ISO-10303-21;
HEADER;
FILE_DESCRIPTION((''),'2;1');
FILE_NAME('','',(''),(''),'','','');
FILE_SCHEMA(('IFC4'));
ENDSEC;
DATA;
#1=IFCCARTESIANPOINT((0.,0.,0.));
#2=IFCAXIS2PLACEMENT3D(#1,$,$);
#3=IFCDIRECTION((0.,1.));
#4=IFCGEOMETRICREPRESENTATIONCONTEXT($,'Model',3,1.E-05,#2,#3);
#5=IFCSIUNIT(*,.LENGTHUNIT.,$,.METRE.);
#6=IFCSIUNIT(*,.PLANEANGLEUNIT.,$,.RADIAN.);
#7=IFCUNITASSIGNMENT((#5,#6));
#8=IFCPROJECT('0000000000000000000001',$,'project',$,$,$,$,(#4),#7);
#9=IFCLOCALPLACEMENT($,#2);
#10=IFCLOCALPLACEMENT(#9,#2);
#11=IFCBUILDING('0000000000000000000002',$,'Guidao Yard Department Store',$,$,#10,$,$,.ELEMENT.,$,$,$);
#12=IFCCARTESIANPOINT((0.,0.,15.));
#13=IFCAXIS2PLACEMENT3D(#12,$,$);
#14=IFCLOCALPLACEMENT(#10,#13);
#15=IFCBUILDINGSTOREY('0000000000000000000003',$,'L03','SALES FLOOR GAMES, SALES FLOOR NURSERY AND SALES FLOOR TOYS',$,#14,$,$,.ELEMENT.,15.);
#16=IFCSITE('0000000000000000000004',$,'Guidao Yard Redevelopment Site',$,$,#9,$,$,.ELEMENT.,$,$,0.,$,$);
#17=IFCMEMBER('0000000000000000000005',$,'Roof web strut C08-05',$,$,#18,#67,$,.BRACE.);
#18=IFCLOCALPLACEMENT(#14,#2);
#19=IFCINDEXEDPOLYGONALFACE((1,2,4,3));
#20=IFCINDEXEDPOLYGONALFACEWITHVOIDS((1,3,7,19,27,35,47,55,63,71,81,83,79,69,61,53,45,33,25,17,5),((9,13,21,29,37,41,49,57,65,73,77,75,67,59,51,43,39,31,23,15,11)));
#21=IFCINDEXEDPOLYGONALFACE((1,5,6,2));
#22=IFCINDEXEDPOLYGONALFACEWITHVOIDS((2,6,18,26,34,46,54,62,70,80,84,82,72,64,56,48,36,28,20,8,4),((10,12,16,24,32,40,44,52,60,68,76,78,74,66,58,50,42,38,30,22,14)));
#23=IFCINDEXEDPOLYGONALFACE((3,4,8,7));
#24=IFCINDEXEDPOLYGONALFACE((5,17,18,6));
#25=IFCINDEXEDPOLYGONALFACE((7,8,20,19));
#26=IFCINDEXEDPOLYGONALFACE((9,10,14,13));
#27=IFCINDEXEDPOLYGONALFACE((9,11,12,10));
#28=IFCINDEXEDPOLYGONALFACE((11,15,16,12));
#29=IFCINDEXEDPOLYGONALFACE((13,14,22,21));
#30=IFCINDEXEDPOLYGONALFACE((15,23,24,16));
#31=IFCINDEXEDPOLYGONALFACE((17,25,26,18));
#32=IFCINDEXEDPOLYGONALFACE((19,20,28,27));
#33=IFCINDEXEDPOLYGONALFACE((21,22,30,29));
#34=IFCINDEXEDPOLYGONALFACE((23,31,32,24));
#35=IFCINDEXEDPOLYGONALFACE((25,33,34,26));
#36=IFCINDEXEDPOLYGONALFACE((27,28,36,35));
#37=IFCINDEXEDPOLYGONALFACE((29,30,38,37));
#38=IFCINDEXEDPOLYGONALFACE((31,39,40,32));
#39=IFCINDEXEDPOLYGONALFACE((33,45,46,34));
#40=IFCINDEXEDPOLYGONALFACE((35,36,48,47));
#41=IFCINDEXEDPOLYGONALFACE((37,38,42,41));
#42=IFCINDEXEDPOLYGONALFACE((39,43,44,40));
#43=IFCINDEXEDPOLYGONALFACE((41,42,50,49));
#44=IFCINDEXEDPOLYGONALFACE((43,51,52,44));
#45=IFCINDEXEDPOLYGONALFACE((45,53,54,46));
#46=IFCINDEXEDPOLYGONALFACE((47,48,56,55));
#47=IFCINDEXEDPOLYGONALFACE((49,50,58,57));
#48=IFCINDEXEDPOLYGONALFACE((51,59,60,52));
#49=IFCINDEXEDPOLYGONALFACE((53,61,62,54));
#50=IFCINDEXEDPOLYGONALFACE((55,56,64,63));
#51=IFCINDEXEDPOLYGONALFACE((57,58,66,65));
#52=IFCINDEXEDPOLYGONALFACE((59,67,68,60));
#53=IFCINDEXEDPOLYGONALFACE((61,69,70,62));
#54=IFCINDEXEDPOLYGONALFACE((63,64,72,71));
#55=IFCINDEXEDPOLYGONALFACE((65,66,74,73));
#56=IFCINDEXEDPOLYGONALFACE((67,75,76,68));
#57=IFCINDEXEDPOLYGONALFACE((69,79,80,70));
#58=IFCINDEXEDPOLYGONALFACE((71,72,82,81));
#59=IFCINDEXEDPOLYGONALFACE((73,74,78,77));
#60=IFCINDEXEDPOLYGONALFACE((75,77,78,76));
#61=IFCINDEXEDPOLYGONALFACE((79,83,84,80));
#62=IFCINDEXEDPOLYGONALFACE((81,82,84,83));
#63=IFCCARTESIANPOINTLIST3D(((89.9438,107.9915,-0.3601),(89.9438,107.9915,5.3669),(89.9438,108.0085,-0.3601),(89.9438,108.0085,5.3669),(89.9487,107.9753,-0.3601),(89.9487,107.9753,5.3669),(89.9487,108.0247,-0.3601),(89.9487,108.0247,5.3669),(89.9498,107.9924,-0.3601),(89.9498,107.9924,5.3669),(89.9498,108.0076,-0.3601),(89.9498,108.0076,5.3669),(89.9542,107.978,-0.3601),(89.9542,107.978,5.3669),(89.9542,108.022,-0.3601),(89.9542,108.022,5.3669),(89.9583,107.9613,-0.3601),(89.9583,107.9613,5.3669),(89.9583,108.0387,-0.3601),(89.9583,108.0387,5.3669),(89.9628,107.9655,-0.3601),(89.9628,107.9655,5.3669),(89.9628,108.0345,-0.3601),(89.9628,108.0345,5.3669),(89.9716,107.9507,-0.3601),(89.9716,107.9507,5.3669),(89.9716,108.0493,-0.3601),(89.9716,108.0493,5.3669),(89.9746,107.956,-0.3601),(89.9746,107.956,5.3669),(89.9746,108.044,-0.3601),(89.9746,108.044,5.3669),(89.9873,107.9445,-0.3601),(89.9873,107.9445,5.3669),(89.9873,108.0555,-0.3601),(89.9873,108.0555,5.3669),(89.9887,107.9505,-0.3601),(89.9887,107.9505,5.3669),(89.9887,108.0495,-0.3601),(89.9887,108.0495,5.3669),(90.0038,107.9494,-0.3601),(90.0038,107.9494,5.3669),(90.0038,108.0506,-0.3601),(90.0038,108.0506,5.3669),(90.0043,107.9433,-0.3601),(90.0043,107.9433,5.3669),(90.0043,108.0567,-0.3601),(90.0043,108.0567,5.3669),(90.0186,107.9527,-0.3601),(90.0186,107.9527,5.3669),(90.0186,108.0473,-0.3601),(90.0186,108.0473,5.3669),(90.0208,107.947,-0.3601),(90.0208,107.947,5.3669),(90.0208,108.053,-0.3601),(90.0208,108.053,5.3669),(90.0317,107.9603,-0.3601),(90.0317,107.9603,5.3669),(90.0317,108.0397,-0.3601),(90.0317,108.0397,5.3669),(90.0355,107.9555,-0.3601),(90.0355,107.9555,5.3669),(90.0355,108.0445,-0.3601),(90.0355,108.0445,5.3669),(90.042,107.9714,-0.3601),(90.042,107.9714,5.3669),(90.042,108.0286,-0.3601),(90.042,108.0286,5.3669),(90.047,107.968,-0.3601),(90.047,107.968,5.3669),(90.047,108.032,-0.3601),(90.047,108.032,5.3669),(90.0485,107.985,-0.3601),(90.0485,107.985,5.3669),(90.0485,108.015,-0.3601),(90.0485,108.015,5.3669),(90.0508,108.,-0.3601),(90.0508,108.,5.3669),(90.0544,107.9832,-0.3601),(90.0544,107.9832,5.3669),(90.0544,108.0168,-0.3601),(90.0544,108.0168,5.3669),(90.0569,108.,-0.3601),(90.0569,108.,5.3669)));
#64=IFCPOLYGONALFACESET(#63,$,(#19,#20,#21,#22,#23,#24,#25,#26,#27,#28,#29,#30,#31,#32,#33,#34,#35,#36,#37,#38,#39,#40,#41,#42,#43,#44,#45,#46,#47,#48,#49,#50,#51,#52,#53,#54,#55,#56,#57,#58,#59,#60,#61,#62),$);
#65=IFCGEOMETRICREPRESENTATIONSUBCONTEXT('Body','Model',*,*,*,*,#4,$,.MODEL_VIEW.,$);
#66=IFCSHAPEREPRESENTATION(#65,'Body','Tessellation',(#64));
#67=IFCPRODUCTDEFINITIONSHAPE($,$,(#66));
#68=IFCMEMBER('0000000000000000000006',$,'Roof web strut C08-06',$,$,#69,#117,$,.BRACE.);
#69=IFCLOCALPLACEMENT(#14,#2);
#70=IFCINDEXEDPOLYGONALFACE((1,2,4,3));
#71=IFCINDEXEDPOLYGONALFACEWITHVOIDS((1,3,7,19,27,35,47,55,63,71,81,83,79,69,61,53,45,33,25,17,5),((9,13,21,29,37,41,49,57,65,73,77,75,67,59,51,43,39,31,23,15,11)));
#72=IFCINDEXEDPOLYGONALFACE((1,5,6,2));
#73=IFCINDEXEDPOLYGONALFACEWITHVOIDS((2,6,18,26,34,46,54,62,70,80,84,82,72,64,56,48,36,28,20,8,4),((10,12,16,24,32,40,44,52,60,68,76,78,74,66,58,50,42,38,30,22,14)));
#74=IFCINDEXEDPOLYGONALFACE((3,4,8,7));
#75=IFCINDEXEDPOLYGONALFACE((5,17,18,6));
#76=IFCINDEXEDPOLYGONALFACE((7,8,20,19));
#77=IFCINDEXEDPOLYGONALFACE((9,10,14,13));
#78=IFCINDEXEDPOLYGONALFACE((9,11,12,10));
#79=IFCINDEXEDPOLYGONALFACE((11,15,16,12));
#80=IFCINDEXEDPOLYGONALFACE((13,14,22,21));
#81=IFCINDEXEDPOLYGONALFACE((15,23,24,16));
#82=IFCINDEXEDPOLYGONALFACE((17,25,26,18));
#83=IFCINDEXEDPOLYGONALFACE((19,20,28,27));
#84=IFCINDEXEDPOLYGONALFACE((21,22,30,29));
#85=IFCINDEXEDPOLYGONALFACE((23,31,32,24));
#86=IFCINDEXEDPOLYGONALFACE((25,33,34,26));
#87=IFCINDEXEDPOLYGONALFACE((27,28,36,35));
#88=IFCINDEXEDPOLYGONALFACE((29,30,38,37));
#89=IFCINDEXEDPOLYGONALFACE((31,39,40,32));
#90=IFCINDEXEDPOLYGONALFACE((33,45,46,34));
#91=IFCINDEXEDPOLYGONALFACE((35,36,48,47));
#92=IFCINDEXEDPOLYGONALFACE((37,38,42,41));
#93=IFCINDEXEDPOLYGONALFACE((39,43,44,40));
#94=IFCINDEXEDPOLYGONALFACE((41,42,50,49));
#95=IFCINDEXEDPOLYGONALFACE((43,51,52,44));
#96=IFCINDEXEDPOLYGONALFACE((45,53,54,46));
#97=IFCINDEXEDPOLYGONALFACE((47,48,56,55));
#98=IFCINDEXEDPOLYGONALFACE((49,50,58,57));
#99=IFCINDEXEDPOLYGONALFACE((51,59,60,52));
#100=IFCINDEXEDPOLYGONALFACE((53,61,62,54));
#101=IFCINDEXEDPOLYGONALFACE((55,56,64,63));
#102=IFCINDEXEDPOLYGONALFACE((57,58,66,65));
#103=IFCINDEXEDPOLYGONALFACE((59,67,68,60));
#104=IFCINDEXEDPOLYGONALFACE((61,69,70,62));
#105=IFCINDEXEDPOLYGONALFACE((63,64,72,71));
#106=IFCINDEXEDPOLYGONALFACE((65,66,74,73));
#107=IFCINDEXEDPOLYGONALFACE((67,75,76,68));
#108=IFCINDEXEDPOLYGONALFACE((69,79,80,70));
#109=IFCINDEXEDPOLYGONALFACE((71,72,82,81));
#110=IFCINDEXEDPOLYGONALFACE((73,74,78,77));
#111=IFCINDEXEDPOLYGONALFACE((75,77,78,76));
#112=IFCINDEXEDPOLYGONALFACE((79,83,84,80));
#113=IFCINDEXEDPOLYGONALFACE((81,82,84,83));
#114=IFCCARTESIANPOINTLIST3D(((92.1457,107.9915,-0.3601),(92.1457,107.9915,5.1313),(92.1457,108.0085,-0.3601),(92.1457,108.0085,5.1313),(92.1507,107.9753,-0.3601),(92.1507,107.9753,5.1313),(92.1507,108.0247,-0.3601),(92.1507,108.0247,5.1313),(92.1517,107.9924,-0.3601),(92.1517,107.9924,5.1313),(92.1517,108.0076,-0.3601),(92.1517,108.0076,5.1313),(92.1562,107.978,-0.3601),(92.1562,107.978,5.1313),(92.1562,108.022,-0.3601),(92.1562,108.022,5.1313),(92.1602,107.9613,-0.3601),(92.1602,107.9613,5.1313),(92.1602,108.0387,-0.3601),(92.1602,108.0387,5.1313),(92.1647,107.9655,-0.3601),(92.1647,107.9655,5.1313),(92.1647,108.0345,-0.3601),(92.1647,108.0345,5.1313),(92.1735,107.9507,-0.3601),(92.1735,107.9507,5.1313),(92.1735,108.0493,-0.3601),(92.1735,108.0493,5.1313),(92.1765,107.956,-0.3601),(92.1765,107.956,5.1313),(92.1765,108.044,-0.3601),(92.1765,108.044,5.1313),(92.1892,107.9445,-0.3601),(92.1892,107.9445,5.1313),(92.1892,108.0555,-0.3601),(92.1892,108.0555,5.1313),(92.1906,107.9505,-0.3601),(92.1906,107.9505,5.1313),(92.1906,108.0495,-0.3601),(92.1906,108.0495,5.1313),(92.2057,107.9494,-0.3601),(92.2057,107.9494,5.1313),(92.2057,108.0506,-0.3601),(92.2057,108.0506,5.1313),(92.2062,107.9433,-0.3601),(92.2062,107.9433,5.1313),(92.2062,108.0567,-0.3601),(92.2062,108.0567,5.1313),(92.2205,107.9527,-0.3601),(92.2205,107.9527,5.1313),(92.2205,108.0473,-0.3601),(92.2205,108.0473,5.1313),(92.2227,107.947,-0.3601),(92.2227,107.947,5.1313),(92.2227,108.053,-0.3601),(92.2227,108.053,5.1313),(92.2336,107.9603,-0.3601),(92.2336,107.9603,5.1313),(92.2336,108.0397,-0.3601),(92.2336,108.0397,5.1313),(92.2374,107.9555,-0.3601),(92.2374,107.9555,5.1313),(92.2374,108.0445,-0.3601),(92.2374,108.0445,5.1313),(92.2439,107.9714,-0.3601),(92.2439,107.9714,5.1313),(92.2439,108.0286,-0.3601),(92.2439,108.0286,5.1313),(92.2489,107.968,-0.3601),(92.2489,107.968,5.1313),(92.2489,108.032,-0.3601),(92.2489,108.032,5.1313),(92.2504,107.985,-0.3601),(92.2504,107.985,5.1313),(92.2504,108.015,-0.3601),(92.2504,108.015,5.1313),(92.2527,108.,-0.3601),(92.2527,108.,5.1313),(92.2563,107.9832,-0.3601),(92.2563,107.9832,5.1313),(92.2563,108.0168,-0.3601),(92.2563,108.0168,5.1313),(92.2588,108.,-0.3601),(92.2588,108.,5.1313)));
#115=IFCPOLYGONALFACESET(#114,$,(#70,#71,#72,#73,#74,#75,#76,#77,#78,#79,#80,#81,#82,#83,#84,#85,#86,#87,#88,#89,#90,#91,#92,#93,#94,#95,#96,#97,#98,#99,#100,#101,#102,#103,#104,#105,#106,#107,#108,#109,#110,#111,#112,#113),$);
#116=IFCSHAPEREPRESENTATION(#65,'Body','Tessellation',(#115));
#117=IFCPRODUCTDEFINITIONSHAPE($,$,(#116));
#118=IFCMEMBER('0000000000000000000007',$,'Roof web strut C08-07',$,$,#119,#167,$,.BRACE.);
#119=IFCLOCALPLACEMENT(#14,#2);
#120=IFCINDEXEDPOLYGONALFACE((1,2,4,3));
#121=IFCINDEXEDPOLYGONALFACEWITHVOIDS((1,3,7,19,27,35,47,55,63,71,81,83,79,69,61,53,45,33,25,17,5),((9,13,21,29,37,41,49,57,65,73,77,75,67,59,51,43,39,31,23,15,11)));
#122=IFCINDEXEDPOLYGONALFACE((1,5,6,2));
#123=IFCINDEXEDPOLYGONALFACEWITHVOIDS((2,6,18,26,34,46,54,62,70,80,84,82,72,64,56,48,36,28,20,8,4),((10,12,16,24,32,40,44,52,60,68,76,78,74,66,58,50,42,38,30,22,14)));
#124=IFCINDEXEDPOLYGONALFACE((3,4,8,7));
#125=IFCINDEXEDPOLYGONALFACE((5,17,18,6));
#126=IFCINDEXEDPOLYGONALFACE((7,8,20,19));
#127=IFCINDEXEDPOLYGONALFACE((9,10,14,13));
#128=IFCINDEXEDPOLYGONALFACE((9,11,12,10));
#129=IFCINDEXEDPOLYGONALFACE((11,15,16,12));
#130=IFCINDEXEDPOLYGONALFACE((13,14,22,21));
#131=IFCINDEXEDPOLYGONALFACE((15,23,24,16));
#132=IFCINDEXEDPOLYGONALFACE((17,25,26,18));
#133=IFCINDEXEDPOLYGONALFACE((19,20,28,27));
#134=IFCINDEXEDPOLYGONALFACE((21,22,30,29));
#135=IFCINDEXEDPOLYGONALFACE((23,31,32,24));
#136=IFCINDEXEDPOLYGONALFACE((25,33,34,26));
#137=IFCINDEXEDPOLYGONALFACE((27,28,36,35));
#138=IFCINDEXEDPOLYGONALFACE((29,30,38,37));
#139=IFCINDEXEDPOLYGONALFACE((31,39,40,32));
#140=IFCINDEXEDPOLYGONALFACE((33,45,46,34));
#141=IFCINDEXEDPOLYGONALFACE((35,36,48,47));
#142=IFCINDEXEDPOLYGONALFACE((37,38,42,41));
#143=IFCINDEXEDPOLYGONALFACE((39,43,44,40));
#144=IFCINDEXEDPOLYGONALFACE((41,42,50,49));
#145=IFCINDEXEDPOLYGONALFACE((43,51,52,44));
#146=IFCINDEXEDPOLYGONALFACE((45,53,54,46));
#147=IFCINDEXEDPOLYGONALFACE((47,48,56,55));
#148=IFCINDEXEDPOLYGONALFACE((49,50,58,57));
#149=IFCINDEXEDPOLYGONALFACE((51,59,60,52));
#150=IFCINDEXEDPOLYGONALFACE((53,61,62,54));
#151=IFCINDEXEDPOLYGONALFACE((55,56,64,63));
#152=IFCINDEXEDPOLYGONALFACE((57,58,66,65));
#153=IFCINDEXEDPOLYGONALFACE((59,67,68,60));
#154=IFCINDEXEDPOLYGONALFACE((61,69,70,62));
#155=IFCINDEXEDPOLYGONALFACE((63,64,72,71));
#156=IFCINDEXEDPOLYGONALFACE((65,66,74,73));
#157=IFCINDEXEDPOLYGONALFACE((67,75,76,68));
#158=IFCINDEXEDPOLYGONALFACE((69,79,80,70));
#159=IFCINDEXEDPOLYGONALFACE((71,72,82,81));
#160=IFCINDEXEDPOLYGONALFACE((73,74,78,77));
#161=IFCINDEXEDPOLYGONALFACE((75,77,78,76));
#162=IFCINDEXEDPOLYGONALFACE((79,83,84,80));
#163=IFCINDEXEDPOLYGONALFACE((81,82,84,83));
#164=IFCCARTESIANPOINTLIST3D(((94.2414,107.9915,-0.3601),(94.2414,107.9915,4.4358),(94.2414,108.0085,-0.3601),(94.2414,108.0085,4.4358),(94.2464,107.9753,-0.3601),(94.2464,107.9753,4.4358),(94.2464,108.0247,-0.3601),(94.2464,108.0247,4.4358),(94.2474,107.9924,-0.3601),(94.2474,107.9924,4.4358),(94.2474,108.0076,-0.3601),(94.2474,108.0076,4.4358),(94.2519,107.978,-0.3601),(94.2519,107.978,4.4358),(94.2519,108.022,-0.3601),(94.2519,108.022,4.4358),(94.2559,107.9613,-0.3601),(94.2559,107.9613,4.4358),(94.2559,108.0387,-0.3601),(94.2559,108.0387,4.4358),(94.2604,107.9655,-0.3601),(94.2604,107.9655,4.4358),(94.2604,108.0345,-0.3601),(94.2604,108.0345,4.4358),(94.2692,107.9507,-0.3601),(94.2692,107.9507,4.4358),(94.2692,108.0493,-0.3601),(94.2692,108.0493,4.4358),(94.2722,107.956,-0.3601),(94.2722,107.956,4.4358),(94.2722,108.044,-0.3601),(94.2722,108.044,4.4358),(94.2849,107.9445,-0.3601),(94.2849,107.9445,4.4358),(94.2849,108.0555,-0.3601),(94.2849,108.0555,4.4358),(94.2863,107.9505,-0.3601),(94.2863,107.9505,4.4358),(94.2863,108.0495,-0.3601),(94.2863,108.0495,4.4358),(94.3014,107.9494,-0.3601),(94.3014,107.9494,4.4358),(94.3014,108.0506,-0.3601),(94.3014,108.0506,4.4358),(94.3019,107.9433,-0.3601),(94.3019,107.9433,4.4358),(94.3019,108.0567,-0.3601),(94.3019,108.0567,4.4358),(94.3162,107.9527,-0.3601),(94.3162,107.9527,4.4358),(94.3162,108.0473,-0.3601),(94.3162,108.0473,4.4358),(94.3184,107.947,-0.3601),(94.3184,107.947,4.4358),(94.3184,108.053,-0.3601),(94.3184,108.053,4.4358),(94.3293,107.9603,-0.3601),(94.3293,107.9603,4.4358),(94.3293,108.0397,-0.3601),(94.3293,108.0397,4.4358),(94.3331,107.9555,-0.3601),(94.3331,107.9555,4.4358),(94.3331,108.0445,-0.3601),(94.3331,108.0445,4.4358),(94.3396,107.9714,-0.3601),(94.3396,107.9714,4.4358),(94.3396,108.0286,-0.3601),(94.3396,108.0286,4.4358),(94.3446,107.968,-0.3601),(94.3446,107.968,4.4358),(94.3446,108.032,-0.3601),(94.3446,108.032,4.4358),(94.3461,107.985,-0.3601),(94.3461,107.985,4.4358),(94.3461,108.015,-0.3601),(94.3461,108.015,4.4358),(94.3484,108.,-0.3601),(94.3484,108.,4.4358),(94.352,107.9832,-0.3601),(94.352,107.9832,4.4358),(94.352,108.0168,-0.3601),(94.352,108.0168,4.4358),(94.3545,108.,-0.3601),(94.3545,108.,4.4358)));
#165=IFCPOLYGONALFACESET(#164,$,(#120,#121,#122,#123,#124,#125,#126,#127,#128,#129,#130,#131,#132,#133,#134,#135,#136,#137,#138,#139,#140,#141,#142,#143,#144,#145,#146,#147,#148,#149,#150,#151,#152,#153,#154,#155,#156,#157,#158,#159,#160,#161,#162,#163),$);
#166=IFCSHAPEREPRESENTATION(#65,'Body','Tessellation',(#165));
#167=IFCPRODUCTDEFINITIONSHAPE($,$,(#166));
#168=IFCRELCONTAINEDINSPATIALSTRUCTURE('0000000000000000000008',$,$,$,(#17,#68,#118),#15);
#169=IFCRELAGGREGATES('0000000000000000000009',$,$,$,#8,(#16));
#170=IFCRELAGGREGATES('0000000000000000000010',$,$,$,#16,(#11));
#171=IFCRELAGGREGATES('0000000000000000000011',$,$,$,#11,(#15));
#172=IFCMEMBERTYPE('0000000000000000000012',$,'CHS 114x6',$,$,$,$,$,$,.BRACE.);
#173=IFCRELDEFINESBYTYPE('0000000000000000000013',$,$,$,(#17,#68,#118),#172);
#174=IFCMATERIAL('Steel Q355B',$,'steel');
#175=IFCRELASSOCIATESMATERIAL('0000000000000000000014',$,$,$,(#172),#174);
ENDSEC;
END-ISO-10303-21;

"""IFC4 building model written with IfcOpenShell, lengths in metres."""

from ifc_helpers import new_model, si_unit, direction, frame, origin, origin_2d, place, context, subcontext, project, spatial, hollow_circle, extrude, material, material_profile, profile_set, type_object, element, save


model = new_model("IFC4")

# Units and contexts
model_context = context("Model", 3, precision=1e-05, world=origin(), true_north=direction((0.0, 1.0)))
body_context = subcontext(model_context, "Body", "Model", "MODEL_VIEW")
ifc_project = project(units=[si_unit("LENGTHUNIT", "METRE"), si_unit("PLANEANGLEUNIT", "RADIAN")], contexts=[model_context])

# Site, building, storey
site_placement = place(None, origin())
site = spatial("IfcSite", under=ifc_project, at=site_placement, Name="Guidao Yard Redevelopment Site", CompositionType="ELEMENT", RefElevation=0.0)
building_placement = place(site_placement, origin())
building = spatial("IfcBuilding", under=site, at=building_placement, Name="Guidao Yard Department Store", CompositionType="ELEMENT")
storey_placement = place(building_placement, frame((0.0, 0.0, 15.0)))
storey = spatial("IfcBuildingStorey", under=building, at=storey_placement, Name="L03", Description="SALES FLOOR GAMES, SALES FLOOR NURSERY AND SALES FLOOR TOYS", CompositionType="ELEMENT", Elevation=15.0)

# Members
ifc_material_1 = material(Name="Steel Q355B", Category="steel")
ifc_material_profile_1 = material_profile(ifc_material_1, hollow_circle(Radius=0.0569, WallThickness=0.0061, at=origin_2d()), Name="CHS 114x6")
ifc_profile_set_1 = profile_set([ifc_material_profile_1], Name="Steel Q355B")
member_type_1 = type_object("IfcMemberType", Name="CHS 114x6", PredefinedType="BRACE", material=ifc_profile_set_1)
member_1_placement = place(storey_placement, frame((90.0, 108.0, -0.3601), z_axis=(0.0, 0.0, 1.0), x_axis=(1.0, 0.0, 0.0)))
element("IfcMember", 1, at=member_1_placement, inside=storey, type_object=member_type_1, Name="Roof web strut C08-05", PredefinedType="BRACE", context=body_context, shape_type="SweptSolid", body=[
    extrude(hollow_circle(Radius=0.0569, WallThickness=0.0061, at=origin_2d()), origin(), (0.0, 0.0, 1.0), 5.7271),
])
member_2_placement = place(storey_placement, frame((92.2019, 108.0, -0.3601), z_axis=(0.0, 0.0, 1.0), x_axis=(1.0, 0.0, 0.0)))
element("IfcMember", 2, at=member_2_placement, inside=storey, type_object=member_type_1, Name="Roof web strut C08-06", PredefinedType="BRACE", context=body_context, shape_type="SweptSolid", body=[
    extrude(hollow_circle(Radius=0.0569, WallThickness=0.0061, at=origin_2d()), origin(), (0.0, 0.0, 1.0), 5.4915),
])
member_3_placement = place(storey_placement, frame((94.2976, 108.0, -0.3601), z_axis=(0.0, 0.0, 1.0), x_axis=(1.0, 0.0, 0.0)))
element("IfcMember", 3, at=member_3_placement, inside=storey, type_object=member_type_1, Name="Roof web strut C08-07", PredefinedType="BRACE", context=body_context, shape_type="SweptSolid", body=[
    extrude(hollow_circle(Radius=0.0569, WallThickness=0.0061, at=origin_2d()), origin(), (0.0, 0.0, 1.0), 4.7959),
])

save(model, "model.ifc")
